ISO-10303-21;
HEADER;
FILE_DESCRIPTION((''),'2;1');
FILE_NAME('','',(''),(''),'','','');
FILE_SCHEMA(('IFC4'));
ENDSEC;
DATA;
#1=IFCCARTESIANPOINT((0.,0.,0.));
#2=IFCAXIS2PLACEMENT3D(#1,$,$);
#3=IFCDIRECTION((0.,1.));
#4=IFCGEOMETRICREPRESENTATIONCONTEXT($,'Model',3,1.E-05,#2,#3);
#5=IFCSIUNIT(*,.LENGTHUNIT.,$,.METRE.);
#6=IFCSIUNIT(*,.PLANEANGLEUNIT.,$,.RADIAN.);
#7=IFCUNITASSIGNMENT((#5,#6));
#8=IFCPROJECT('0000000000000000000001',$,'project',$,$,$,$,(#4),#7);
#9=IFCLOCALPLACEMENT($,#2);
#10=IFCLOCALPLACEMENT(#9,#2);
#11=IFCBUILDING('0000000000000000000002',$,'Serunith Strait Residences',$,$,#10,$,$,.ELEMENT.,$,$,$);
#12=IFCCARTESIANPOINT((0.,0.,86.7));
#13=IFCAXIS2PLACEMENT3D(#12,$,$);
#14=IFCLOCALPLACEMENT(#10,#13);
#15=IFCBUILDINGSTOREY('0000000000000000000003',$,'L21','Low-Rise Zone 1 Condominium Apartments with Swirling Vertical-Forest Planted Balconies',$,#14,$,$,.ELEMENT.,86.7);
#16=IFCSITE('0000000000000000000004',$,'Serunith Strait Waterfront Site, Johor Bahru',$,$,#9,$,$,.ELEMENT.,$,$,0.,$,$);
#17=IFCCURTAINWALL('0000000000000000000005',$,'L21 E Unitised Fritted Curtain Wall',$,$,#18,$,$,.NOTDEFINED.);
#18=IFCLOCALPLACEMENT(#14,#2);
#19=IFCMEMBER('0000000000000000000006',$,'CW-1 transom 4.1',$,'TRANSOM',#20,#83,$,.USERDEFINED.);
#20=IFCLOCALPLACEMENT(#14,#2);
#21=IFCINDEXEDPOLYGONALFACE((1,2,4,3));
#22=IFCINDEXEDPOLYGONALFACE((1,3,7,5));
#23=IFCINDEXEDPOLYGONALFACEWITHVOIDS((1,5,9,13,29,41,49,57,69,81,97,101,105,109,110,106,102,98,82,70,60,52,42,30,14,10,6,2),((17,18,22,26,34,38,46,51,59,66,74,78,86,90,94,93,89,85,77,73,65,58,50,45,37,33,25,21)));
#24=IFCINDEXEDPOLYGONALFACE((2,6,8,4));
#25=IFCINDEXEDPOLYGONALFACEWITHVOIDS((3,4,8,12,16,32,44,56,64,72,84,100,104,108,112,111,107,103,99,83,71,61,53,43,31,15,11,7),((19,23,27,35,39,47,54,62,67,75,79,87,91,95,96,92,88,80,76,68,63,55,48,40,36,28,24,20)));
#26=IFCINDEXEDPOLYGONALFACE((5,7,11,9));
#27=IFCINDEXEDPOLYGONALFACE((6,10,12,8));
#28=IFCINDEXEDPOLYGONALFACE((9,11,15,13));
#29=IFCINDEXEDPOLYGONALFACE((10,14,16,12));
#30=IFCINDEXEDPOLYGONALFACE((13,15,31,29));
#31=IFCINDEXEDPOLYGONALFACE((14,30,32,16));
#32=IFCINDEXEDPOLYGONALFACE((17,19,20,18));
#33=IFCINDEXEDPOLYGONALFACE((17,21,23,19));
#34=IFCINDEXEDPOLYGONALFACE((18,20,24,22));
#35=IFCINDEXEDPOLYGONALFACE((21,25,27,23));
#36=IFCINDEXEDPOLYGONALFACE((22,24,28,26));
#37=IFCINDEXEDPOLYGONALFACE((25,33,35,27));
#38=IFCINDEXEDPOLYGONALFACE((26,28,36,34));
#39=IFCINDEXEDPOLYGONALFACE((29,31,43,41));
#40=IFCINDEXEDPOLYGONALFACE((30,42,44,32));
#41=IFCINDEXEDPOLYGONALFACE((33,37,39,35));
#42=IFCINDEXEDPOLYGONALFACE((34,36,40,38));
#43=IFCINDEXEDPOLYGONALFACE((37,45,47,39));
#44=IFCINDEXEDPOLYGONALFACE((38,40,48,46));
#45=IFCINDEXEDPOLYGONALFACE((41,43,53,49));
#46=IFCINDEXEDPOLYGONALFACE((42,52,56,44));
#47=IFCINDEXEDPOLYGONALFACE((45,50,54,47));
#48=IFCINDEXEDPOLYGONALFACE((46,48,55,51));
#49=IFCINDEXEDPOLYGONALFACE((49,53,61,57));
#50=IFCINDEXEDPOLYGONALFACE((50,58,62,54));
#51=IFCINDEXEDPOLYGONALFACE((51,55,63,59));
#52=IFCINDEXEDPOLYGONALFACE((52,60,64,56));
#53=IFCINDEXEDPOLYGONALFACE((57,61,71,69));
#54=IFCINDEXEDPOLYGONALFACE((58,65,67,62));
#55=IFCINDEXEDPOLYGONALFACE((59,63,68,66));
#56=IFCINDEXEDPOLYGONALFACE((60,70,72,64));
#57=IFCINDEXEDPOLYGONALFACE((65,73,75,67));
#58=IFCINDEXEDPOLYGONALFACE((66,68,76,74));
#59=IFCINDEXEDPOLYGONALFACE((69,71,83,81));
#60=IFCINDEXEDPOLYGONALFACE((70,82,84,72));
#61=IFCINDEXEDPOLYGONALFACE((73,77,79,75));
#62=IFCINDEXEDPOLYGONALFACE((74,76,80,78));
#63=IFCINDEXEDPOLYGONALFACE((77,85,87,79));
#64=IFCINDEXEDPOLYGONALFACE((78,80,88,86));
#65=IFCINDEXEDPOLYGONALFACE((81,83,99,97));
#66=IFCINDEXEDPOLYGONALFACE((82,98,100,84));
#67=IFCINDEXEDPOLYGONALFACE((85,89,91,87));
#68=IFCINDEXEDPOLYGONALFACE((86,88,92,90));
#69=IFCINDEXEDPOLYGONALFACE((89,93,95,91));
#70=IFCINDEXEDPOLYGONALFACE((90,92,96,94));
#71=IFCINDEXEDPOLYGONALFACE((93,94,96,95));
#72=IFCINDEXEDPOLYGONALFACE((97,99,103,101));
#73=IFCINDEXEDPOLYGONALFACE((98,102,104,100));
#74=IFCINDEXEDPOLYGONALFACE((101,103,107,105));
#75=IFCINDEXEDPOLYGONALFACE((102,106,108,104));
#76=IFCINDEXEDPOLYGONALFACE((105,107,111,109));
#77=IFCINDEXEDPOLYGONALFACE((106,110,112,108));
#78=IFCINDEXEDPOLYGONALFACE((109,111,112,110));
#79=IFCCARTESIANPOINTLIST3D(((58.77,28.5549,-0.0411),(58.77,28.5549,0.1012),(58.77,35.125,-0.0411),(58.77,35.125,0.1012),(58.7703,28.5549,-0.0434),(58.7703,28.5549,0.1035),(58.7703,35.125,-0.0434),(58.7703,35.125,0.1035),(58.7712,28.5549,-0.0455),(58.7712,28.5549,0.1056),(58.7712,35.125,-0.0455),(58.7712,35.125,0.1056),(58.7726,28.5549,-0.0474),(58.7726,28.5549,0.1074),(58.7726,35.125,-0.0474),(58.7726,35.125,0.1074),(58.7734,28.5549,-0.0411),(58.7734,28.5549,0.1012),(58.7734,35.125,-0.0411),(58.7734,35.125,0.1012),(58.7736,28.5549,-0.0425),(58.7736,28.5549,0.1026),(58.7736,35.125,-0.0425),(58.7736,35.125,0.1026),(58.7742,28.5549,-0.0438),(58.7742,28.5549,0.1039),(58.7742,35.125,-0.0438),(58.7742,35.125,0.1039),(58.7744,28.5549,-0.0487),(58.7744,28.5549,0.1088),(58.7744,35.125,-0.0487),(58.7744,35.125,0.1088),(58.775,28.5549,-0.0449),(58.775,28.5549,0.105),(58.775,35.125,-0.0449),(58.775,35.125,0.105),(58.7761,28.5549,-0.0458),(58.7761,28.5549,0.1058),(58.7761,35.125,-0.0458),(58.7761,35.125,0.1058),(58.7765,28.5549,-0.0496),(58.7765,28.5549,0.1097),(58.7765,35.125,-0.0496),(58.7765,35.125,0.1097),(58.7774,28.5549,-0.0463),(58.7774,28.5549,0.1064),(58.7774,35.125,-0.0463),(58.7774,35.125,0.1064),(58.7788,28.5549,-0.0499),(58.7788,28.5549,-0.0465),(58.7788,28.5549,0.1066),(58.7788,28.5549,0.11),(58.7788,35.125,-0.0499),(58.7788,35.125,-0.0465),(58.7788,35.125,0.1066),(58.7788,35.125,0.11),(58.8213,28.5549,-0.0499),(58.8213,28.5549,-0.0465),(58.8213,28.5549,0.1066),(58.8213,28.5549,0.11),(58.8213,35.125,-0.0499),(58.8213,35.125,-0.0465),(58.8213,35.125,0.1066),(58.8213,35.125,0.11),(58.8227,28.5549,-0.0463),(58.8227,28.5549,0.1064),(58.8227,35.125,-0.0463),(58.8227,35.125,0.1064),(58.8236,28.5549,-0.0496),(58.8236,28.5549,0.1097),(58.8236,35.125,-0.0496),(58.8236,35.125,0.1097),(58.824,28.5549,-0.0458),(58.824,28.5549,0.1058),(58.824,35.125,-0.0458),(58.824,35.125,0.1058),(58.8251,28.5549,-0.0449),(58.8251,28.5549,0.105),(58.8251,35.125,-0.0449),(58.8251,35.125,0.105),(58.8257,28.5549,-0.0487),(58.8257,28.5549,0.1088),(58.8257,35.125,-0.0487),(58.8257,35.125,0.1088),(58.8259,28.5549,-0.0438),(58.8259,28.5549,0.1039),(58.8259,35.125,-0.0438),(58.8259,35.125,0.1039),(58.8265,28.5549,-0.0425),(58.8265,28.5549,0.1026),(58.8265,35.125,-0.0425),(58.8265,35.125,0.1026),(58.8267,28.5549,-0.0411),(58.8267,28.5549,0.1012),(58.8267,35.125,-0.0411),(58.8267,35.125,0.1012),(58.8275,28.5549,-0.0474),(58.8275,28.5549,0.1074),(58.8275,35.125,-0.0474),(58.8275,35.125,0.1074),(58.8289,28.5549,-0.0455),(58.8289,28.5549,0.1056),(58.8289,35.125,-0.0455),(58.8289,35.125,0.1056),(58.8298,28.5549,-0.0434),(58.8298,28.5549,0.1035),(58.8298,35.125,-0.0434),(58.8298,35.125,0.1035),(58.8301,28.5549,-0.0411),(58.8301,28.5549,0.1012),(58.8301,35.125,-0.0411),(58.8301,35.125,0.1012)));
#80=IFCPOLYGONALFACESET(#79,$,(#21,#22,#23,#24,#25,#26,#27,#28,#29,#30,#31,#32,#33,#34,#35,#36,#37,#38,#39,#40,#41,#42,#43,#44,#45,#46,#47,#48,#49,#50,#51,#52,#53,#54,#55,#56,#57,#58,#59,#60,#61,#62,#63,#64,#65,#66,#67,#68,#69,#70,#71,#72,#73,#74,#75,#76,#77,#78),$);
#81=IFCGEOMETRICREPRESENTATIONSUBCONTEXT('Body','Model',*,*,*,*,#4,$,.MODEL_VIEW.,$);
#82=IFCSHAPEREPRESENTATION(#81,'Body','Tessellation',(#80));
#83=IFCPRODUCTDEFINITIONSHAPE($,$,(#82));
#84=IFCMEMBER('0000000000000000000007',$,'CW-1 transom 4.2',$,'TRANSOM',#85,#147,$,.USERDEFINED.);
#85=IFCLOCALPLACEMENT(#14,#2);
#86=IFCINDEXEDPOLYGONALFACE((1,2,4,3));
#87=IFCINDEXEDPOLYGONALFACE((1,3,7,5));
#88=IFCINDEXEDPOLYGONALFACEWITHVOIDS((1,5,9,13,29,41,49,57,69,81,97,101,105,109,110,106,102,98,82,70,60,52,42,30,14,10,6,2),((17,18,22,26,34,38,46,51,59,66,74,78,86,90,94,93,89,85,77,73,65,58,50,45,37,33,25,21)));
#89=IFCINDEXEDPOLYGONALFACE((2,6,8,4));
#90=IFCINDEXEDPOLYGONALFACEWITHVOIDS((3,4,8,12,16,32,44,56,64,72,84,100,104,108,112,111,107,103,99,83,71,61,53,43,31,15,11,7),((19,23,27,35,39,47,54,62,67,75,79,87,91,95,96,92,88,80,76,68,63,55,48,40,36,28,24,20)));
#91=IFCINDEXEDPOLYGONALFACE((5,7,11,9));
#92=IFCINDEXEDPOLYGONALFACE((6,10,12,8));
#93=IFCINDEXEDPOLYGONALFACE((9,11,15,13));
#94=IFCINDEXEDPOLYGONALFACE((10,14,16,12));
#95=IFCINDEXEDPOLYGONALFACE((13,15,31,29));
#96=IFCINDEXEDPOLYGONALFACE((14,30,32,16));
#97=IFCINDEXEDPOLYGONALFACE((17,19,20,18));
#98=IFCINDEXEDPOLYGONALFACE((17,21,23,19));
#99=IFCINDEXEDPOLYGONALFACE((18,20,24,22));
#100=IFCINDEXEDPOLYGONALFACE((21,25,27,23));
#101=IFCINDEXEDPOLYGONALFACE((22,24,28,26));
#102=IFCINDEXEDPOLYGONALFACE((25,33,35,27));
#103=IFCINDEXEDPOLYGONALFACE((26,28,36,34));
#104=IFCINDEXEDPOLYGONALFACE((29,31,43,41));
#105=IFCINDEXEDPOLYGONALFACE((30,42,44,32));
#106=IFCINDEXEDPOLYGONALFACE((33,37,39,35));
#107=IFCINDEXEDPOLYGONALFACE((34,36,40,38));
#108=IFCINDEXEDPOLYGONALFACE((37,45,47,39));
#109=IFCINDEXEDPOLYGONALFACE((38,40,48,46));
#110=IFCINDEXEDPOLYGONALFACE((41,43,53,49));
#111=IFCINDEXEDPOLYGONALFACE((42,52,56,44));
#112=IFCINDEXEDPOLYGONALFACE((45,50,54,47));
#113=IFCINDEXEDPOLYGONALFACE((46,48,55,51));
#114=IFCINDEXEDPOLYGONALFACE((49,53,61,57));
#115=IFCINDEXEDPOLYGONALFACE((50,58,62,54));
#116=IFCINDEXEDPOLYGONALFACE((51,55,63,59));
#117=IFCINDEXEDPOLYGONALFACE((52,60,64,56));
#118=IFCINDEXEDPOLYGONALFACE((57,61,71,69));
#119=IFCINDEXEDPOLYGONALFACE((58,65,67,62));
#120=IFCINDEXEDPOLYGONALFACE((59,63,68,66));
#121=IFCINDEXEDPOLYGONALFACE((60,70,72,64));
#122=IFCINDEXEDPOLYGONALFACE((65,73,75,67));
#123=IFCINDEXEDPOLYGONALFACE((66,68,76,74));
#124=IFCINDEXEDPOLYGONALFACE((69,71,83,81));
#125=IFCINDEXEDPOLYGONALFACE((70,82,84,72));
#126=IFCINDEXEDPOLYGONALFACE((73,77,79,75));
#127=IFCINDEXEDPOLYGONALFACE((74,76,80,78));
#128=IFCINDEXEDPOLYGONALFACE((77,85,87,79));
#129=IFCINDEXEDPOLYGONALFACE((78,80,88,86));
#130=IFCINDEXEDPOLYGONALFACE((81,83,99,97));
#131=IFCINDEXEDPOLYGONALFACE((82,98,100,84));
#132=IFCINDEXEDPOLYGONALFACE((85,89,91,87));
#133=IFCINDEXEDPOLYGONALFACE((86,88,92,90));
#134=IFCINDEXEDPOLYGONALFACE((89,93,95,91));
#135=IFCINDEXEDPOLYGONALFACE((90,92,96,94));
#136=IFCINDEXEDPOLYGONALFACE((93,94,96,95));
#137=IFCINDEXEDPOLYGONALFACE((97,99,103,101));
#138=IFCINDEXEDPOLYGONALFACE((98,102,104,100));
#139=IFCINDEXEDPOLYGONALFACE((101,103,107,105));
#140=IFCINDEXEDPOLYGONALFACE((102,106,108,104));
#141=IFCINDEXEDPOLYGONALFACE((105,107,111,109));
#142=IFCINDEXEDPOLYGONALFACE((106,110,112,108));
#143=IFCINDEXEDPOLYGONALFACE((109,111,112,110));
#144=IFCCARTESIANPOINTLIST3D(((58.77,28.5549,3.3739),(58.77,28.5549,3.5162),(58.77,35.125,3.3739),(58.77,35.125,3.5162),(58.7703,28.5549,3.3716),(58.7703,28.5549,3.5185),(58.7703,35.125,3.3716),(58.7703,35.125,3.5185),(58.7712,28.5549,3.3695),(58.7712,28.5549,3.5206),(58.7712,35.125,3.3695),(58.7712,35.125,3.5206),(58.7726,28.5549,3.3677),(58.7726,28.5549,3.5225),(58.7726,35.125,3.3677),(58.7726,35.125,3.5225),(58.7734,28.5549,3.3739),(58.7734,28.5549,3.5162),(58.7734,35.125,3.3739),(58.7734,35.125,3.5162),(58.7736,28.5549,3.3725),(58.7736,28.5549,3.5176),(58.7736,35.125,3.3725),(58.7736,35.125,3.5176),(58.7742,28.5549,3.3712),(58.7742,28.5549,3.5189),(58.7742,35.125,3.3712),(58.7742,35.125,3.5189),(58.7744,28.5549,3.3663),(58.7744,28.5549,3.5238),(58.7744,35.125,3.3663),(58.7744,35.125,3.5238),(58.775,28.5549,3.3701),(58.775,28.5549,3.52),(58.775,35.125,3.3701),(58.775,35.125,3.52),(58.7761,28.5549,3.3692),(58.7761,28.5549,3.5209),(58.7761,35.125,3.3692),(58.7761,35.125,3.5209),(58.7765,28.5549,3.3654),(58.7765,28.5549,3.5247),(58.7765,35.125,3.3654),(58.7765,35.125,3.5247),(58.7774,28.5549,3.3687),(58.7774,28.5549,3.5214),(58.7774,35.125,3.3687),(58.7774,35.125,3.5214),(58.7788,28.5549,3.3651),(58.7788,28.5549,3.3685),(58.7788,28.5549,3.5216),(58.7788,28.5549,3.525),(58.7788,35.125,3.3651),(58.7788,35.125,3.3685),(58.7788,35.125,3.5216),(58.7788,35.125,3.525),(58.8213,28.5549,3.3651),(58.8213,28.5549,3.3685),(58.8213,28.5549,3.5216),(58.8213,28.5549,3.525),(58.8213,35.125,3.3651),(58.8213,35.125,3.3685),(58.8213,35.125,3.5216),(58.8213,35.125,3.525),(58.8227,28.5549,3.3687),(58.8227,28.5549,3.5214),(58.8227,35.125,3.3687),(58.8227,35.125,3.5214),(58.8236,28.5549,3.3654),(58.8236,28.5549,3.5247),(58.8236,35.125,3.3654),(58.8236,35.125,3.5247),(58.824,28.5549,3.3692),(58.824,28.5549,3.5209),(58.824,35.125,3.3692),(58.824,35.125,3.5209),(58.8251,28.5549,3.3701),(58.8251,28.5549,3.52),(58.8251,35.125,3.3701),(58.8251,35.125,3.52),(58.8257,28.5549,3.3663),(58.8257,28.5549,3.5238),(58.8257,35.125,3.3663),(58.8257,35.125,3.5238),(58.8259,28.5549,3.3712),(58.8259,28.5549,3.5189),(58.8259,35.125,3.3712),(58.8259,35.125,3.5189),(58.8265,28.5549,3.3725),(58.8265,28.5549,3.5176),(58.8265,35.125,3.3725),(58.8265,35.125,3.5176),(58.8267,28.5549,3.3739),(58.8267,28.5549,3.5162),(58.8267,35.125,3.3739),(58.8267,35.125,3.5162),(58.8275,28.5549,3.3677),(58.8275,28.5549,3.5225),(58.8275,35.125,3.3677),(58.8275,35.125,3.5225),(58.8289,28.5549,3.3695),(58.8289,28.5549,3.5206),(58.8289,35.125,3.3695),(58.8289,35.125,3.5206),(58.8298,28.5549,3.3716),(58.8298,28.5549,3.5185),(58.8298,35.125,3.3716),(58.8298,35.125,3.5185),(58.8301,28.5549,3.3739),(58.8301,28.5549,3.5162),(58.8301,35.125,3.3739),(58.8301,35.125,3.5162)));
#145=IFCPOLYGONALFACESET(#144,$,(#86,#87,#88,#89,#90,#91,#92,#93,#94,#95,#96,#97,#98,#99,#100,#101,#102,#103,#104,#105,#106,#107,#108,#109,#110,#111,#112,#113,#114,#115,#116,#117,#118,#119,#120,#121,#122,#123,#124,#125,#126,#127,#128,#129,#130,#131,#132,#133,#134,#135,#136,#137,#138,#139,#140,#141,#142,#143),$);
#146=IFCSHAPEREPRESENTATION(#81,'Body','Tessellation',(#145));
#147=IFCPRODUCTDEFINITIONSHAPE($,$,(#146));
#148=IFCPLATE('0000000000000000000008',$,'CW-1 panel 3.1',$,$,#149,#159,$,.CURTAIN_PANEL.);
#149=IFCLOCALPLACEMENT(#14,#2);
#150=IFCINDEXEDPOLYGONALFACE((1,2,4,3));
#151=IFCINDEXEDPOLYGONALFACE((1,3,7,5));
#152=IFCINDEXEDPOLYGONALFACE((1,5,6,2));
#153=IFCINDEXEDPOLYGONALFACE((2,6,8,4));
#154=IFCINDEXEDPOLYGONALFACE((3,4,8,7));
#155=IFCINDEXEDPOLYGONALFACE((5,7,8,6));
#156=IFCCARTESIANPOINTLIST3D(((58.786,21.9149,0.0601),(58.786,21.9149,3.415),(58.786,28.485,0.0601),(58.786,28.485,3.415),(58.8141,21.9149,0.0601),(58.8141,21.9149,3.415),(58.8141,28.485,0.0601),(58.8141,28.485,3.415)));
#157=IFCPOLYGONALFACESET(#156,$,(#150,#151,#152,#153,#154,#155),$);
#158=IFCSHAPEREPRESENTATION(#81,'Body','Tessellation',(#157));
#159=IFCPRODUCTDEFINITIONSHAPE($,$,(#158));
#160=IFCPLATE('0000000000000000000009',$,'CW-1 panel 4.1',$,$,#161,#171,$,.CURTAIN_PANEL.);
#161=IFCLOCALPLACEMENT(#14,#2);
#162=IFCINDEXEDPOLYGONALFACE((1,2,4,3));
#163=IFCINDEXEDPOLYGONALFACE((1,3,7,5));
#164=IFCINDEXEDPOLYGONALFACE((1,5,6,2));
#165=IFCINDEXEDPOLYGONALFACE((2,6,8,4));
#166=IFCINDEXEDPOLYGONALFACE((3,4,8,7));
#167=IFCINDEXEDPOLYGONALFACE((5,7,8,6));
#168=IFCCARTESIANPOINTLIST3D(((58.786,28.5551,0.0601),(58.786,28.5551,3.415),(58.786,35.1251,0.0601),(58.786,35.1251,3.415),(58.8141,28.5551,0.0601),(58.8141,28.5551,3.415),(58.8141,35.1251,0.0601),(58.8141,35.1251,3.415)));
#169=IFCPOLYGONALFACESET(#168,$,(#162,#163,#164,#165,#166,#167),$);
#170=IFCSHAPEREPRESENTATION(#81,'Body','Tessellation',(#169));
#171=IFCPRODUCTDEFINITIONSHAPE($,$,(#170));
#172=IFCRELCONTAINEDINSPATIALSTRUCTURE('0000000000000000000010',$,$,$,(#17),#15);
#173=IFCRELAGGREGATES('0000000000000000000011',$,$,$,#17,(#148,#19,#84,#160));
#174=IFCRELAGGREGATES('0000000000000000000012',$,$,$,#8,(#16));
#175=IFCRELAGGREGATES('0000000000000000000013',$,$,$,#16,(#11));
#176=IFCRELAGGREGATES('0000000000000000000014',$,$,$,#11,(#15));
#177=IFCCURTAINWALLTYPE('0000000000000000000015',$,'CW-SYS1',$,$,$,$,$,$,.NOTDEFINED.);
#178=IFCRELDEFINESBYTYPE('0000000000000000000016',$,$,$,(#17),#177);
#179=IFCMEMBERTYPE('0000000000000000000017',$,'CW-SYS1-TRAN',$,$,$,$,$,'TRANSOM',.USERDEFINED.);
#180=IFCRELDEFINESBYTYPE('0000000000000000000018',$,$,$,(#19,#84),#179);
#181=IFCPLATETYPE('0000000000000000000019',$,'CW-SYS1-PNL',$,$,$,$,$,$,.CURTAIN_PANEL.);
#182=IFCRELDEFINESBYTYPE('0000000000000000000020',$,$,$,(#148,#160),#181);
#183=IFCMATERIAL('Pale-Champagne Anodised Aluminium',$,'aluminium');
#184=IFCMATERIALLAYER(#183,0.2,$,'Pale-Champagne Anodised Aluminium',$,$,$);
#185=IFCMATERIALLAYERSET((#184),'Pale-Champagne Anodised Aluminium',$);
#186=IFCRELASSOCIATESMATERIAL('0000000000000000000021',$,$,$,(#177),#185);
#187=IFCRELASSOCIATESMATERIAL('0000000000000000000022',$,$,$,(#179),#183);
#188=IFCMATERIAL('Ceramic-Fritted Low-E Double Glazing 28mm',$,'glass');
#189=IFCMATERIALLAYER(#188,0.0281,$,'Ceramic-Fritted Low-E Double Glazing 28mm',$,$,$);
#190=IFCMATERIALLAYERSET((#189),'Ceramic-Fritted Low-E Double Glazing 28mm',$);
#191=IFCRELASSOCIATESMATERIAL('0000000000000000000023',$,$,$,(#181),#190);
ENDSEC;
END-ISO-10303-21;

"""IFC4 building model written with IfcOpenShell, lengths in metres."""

from ifc_helpers import new_model, si_unit, direction, frame, origin, origin_2d, place, context, subcontext, project, spatial, rectangle, hollow_rectangle, extrude, source, transform, mapped, material, layer, layer_set, material_profile, profile_set, type_object, element, aggregate, save


model = new_model("IFC4")

# Units and contexts
model_context = context("Model", 3, precision=1e-05, world=origin(), true_north=direction((0.0, 1.0)))
body_context = subcontext(model_context, "Body", "Model", "MODEL_VIEW")
ifc_project = project(units=[si_unit("LENGTHUNIT", "METRE"), si_unit("PLANEANGLEUNIT", "RADIAN")], contexts=[model_context])

# Site, building, storey
site_placement = place(None, origin())
site = spatial("IfcSite", under=ifc_project, at=site_placement, Name="Serunith Strait Waterfront Site, Johor Bahru", CompositionType="ELEMENT", RefElevation=0.0)
building_placement = place(site_placement, origin())
building = spatial("IfcBuilding", under=site, at=building_placement, Name="Serunith Strait Residences", CompositionType="ELEMENT")
storey_placement = place(building_placement, frame((0.0, 0.0, 86.7)))
storey = spatial("IfcBuildingStorey", under=building, at=storey_placement, Name="L21", Description="Low-Rise Zone 1 Condominium Apartments with Swirling Vertical-Forest Planted Balconies", CompositionType="ELEMENT", Elevation=86.7)

# Curtain wall, members, plates
ifc_material_1 = material(Name="Pale-Champagne Anodised Aluminium", Category="aluminium")
ifc_layer_1 = layer(ifc_material_1, 0.2, Name="Pale-Champagne Anodised Aluminium")
ifc_layer_set_1 = layer_set([ifc_layer_1], Name="Pale-Champagne Anodised Aluminium")
curtain_wall_type = type_object("IfcCurtainWallType", Name="CW-SYS1", PredefinedType="NOTDEFINED", material=ifc_layer_set_1)
curtain_wall_placement = place(storey_placement, origin())
curtain_wall = element("IfcCurtainWall", 1, at=curtain_wall_placement, inside=storey, type_object=curtain_wall_type, Name="L21 E Unitised Fritted Curtain Wall", PredefinedType="NOTDEFINED")
ifc_material_profile_1 = material_profile(ifc_material_1, hollow_rectangle(XDim=0.0601, YDim=0.1599, WallThickness=0.0034, InnerFilletRadius=0.0054, OuterFilletRadius=0.0088, at=origin_2d()), Name="ALU 160x60x3.5")
ifc_profile_set_1 = profile_set([ifc_material_profile_1], Name="Pale-Champagne Anodised Aluminium")
member_type_1 = type_object("IfcMemberType", Name="CW-SYS1-TRAN", ElementType="TRANSOM", PredefinedType="USERDEFINED", material=ifc_profile_set_1)
shared_shape_1 = source(origin(), body_context, "Body", "SweptSolid", [
    extrude(hollow_rectangle(XDim=0.0601, YDim=0.1599, WallThickness=0.0034, InnerFilletRadius=0.0054, OuterFilletRadius=0.0088, at=origin_2d()), origin(), (0.0, 0.0, 1.0), 6.5701),
])
member_1_placement = place(storey_placement, frame((58.8, 28.5549, 0.03), z_axis=(0.0, 1.0, 0.0), x_axis=(-1.0, 0.0, 0.0)))
member_1 = element("IfcMember", 2, at=member_1_placement, type_object=member_type_1, Name="CW-1 transom 4.1", ObjectType="TRANSOM", PredefinedType="USERDEFINED", context=body_context, shape_type="MappedRepresentation", body=[
    mapped(shared_shape_1, transform((0.0, 0.0, 0.0), scale=1.0)),
])
member_2_placement = place(storey_placement, frame((58.8, 28.5549, 3.4451), z_axis=(0.0, 1.0, 0.0), x_axis=(-1.0, 0.0, 0.0)))
member_2 = element("IfcMember", 3, at=member_2_placement, type_object=member_type_1, Name="CW-1 transom 4.2", ObjectType="TRANSOM", PredefinedType="USERDEFINED", context=body_context, shape_type="MappedRepresentation", body=[
    mapped(shared_shape_1, transform((0.0, 0.0, 0.0), scale=1.0)),
])
ifc_material_2 = material(Name="Ceramic-Fritted Low-E Double Glazing 28mm", Category="glass")
ifc_layer_2 = layer(ifc_material_2, 0.0281, Name="Ceramic-Fritted Low-E Double Glazing 28mm")
ifc_layer_set_2 = layer_set([ifc_layer_2], Name="Ceramic-Fritted Low-E Double Glazing 28mm")
plate_type = type_object("IfcPlateType", Name="CW-SYS1-PNL", PredefinedType="CURTAIN_PANEL", material=ifc_layer_set_2)
shared_shape_2 = source(origin(), body_context, "Body", "SweptSolid", [
    extrude(rectangle(XDim=6.5701, YDim=0.0281, at=origin_2d()), origin(), (0.0, 0.0, 1.0), 3.355),
])
plate_1_placement = place(storey_placement, frame((58.8, 25.2, 0.0601), z_axis=(0.0, 0.0, 1.0), x_axis=(0.0, 1.0, 0.0)))
plate_1 = element("IfcPlate", 4, at=plate_1_placement, type_object=plate_type, Name="CW-1 panel 3.1", PredefinedType="CURTAIN_PANEL", context=body_context, shape_type="MappedRepresentation", body=[
    mapped(shared_shape_2, transform((0.0, 0.0, 0.0), scale=1.0)),
])
plate_2_placement = place(storey_placement, frame((58.8, 31.8401, 0.0601), z_axis=(0.0, 0.0, 1.0), x_axis=(0.0, 1.0, 0.0)))
plate_2 = element("IfcPlate", 5, at=plate_2_placement, type_object=plate_type, Name="CW-1 panel 4.1", PredefinedType="CURTAIN_PANEL", context=body_context, shape_type="MappedRepresentation", body=[
    mapped(shared_shape_2, transform((0.0, 0.0, 0.0), scale=1.0)),
])
aggregate(curtain_wall, [plate_1, member_1, member_2, plate_2])

save(model, "model.ifc")
